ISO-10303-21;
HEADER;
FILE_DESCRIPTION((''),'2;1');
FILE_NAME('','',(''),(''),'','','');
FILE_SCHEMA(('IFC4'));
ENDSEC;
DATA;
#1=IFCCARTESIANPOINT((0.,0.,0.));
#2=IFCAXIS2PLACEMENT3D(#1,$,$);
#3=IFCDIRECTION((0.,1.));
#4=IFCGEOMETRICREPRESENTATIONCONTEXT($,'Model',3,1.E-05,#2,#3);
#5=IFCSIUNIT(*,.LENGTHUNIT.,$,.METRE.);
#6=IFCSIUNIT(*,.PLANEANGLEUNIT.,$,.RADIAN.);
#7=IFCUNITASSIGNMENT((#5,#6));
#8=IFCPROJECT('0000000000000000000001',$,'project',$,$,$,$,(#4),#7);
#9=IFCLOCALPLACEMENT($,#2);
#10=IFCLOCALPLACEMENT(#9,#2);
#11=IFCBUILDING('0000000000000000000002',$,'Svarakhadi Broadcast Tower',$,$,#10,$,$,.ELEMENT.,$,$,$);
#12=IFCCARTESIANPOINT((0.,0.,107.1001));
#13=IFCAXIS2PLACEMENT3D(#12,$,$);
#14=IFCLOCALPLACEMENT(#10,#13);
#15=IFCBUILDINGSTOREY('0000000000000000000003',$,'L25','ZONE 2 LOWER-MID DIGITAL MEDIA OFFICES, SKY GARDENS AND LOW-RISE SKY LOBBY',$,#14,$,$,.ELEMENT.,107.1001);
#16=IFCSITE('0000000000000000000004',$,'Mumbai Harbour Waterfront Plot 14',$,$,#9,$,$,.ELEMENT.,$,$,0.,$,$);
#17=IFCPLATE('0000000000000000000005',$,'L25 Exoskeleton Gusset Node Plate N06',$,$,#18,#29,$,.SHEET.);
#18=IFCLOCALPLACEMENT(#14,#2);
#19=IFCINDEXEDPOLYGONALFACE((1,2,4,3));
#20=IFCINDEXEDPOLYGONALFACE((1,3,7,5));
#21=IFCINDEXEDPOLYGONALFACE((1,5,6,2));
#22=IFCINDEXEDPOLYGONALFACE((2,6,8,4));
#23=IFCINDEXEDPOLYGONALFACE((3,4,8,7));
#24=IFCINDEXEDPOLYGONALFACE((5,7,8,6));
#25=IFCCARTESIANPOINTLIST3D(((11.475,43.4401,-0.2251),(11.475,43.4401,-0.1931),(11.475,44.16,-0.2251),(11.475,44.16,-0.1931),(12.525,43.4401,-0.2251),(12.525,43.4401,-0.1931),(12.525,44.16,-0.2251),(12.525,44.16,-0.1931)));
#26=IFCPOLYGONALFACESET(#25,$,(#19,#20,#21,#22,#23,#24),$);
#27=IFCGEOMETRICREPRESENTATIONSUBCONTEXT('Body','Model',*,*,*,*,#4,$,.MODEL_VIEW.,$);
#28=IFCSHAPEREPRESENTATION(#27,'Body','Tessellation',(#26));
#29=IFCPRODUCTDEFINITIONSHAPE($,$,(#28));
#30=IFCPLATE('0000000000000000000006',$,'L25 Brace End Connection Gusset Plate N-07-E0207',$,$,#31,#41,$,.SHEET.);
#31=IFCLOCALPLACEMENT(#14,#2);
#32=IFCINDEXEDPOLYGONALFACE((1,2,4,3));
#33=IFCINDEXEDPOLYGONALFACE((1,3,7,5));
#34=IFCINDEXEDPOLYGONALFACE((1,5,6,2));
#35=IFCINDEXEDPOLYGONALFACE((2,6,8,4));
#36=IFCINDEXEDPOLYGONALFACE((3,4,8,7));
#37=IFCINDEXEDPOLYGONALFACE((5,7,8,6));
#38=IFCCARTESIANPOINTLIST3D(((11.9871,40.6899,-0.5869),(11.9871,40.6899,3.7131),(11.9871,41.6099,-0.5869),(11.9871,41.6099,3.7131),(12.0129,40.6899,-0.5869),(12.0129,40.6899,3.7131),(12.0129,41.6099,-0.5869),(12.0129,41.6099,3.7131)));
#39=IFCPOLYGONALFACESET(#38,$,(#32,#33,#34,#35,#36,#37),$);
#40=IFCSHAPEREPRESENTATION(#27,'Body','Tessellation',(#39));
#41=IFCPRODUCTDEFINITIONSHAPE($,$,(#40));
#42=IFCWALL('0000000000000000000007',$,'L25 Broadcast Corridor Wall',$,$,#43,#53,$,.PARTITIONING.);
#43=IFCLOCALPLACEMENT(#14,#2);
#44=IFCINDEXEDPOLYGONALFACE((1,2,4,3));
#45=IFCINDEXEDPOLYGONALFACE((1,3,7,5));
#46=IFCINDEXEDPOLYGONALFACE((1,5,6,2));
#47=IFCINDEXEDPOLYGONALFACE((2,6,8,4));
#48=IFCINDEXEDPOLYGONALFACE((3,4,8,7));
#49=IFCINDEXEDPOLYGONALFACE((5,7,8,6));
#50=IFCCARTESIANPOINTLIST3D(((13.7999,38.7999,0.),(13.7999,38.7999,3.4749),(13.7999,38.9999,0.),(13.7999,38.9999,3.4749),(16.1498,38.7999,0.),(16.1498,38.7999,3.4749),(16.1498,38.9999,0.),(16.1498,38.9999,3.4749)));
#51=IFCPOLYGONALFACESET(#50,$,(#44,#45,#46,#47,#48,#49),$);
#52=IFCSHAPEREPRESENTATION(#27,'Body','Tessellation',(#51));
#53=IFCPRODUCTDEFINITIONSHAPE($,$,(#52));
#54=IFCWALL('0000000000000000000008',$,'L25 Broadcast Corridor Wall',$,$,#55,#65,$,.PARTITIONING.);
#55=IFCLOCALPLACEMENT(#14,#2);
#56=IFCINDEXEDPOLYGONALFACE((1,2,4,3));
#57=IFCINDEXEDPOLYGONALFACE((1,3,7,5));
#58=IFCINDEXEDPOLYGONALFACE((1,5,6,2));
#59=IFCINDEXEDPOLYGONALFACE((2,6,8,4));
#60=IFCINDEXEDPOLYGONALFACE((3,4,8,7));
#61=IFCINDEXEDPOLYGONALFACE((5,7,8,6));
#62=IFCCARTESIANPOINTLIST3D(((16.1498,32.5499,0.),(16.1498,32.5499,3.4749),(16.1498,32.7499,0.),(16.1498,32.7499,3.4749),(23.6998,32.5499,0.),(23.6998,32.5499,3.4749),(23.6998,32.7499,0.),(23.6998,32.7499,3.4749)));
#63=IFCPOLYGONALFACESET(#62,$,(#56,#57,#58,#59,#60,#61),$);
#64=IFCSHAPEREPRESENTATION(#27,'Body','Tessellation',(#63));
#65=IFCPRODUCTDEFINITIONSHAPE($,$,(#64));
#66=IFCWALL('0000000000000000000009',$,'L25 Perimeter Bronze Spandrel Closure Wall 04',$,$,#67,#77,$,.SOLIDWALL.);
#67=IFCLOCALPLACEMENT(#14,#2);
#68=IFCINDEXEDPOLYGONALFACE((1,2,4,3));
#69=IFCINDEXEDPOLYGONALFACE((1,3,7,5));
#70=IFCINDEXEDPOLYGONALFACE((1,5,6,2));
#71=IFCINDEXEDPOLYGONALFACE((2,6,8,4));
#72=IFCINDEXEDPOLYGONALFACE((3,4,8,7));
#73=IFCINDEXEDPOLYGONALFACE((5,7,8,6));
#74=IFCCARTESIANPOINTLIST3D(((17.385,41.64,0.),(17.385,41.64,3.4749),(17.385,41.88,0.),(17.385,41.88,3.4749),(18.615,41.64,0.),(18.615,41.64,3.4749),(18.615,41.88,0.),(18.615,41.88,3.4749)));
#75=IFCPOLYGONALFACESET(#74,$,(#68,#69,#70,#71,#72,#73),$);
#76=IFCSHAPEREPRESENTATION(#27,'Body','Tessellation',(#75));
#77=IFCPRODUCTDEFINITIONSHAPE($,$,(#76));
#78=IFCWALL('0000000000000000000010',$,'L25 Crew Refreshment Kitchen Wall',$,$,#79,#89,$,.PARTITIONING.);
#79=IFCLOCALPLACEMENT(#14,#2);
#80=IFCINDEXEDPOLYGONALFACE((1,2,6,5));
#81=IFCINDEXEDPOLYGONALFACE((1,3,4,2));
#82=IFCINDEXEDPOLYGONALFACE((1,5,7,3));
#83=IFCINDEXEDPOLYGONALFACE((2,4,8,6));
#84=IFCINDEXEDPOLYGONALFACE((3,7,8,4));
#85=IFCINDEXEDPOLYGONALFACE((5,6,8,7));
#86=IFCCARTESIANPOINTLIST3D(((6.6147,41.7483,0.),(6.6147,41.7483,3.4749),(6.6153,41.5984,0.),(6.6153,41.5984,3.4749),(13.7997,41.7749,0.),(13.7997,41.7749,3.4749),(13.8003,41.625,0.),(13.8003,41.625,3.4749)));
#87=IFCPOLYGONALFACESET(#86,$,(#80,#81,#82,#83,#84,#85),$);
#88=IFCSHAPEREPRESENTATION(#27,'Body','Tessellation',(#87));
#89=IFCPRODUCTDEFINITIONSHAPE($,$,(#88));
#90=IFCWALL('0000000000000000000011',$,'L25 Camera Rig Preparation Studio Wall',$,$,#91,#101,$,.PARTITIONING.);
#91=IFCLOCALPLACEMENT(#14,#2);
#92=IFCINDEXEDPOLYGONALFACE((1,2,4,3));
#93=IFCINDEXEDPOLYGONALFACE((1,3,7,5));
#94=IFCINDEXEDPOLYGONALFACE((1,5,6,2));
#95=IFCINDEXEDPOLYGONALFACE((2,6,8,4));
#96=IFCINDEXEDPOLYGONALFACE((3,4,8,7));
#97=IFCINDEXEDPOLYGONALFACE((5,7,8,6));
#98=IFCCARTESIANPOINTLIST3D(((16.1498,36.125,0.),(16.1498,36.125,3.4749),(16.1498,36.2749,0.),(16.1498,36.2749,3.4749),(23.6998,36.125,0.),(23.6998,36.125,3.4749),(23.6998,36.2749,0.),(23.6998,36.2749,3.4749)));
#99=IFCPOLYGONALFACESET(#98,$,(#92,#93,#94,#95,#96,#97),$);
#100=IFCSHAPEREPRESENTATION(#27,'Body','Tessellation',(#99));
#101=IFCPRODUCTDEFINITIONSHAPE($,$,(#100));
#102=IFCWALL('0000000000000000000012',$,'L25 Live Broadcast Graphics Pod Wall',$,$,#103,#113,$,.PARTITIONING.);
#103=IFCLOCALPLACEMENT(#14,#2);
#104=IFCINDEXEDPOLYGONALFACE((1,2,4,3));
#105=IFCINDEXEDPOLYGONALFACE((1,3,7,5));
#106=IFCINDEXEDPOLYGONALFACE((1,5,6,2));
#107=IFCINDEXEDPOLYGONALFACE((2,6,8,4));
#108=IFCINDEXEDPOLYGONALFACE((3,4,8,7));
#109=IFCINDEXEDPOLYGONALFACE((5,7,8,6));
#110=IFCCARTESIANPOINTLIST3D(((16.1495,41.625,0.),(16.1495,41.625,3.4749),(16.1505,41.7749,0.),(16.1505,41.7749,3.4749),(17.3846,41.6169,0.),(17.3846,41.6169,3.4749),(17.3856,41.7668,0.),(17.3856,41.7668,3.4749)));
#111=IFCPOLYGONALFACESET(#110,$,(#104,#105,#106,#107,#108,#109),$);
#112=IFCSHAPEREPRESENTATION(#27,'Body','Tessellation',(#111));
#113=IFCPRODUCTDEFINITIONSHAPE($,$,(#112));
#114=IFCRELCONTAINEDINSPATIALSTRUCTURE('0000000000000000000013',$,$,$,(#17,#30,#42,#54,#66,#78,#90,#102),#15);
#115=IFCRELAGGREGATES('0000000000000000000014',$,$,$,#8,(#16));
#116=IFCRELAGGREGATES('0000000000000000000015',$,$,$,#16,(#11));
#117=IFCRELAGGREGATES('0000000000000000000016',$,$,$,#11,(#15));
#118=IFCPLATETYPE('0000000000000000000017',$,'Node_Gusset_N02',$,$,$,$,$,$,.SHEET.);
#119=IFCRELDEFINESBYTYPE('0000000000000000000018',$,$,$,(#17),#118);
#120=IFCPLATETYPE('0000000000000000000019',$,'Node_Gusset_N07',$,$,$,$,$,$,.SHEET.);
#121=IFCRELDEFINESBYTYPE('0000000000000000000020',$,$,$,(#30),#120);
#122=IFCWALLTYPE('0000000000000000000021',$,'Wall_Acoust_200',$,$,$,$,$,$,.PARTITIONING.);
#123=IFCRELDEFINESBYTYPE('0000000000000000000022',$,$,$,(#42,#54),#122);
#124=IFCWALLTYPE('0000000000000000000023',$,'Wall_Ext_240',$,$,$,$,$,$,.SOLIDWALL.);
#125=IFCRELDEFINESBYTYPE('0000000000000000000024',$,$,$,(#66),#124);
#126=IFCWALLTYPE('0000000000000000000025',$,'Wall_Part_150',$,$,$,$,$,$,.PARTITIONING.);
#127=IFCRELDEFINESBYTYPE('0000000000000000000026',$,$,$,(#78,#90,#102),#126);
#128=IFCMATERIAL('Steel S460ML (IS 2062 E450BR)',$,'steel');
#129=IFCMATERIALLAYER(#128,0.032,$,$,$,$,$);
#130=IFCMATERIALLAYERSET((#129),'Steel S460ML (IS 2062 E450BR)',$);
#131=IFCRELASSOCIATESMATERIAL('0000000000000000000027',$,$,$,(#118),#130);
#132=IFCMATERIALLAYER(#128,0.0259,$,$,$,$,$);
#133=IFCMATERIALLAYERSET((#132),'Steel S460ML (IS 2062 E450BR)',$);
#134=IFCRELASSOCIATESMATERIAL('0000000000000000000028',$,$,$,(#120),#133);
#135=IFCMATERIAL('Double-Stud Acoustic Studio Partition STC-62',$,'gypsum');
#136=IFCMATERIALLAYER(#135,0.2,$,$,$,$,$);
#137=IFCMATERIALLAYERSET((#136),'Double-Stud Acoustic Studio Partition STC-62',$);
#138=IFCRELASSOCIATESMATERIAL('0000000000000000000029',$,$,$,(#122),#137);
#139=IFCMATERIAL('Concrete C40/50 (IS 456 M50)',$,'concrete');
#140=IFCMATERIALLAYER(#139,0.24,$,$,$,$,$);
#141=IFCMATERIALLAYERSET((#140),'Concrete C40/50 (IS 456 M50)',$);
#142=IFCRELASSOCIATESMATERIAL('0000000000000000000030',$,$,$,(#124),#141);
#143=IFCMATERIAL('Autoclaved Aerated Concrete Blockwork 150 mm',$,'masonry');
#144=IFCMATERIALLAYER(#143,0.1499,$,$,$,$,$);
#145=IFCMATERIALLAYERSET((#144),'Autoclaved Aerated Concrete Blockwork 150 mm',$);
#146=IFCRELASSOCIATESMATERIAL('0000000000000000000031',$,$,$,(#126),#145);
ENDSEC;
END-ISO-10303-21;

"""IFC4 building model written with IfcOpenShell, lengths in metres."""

from ifc_helpers import new_model, si_unit, direction, frame, frame_2d, origin, origin_2d, place, context, subcontext, project, spatial, rectangle, extrude, material, layer, layer_set, type_object, element, save


model = new_model("IFC4")

# Units and contexts
model_context = context("Model", 3, precision=1e-05, world=origin(), true_north=direction((0.0, 1.0)))
body_context = subcontext(model_context, "Body", "Model", "MODEL_VIEW")
ifc_project = project(units=[si_unit("LENGTHUNIT", "METRE"), si_unit("PLANEANGLEUNIT", "RADIAN")], contexts=[model_context])

# Site, building, storey
site_placement = place(None, origin())
site = spatial("IfcSite", under=ifc_project, at=site_placement, Name="Mumbai Harbour Waterfront Plot 14", CompositionType="ELEMENT", RefElevation=0.0)
building_placement = place(site_placement, origin())
building = spatial("IfcBuilding", under=site, at=building_placement, Name="Svarakhadi Broadcast Tower", CompositionType="ELEMENT")
storey_placement = place(building_placement, frame((0.0, 0.0, 107.1001)))
storey = spatial("IfcBuildingStorey", under=building, at=storey_placement, Name="L25", Description="ZONE 2 LOWER-MID DIGITAL MEDIA OFFICES, SKY GARDENS AND LOW-RISE SKY LOBBY", CompositionType="ELEMENT", Elevation=107.1001)

# Shared definitions
ifc_material_1 = material(Name="Steel S460ML (IS 2062 E450BR)", Category="steel")

# Plates
ifc_layer_1 = layer(ifc_material_1, 0.032)
ifc_layer_set_1 = layer_set([ifc_layer_1], Name="Steel S460ML (IS 2062 E450BR)")
plate_type_1 = type_object("IfcPlateType", Name="Node_Gusset_N02", PredefinedType="SHEET", material=ifc_layer_set_1)
plate_1_placement = place(storey_placement, frame((12.0, 43.8, -0.2251), z_axis=(0.0, 0.0, 1.0), x_axis=(1.0, 0.0, 0.0)))
element("IfcPlate", 1, at=plate_1_placement, inside=storey, type_object=plate_type_1, Name="L25 Exoskeleton Gusset Node Plate N06", PredefinedType="SHEET", context=body_context, shape_type="SweptSolid", body=[
    extrude(rectangle(XDim=1.05, YDim=0.72, at=origin_2d()), origin(), (0.0, 0.0, 1.0), 0.032),
])
ifc_layer_2 = layer(ifc_material_1, 0.0259)
ifc_layer_set_2 = layer_set([ifc_layer_2], Name="Steel S460ML (IS 2062 E450BR)")
plate_type_2 = type_object("IfcPlateType", Name="Node_Gusset_N07", PredefinedType="SHEET", material=ifc_layer_set_2)
plate_2_placement = place(storey_placement, frame((12.0, 41.1499, -0.5869), z_axis=(0.0, 0.0, 1.0), x_axis=(0.0, 1.0, 0.0)))
element("IfcPlate", 2, at=plate_2_placement, inside=storey, type_object=plate_type_2, Name="L25 Brace End Connection Gusset Plate N-07-E0207", PredefinedType="SHEET", context=body_context, shape_type="SweptSolid", body=[
    extrude(rectangle(XDim=0.9199, YDim=0.0259, at=origin_2d()), origin(), (0.0, 0.0, 1.0), 4.3),
])

# Shared definitions
ifc_material_2 = material(Name="Double-Stud Acoustic Studio Partition STC-62", Category="gypsum")
ifc_layer_3 = layer(ifc_material_2, 0.2)
ifc_layer_set_3 = layer_set([ifc_layer_3], Name="Double-Stud Acoustic Studio Partition STC-62")
wall_type_1 = type_object("IfcWallType", Name="Wall_Acoust_200", PredefinedType="PARTITIONING", material=ifc_layer_set_3)

# Wall
wall_1_placement = place(storey_placement, frame((13.8, 38.8999, 0.0), z_axis=(0.0, 0.0, 1.0), x_axis=(1.0, 0.0, 0.0)))
element("IfcWall", 3, at=wall_1_placement, inside=storey, type_object=wall_type_1, Name="L25 Broadcast Corridor Wall", PredefinedType="PARTITIONING", context=body_context, shape_type="SweptSolid", body=[
    extrude(rectangle(XDim=2.3499, YDim=0.2, at=frame_2d((1.1748, 0.0))), origin(), (0.0, 0.0, 1.0), 3.4749),
])

# Walls
wall_2_placement = place(storey_placement, frame((16.1499, 32.6499, 0.0), z_axis=(0.0, 0.0, 1.0), x_axis=(1.0, 0.0, 0.0)))
element("IfcWall", 4, at=wall_2_placement, inside=storey, type_object=wall_type_1, Name="L25 Broadcast Corridor Wall", PredefinedType="PARTITIONING", context=body_context, shape_type="SweptSolid", body=[
    extrude(rectangle(XDim=7.55, YDim=0.2, at=frame_2d((3.7749, 0.0))), origin(), (0.0, 0.0, 1.0), 3.4749),
])
ifc_material_3 = material(Name="Concrete C40/50 (IS 456 M50)", Category="concrete")
ifc_layer_4 = layer(ifc_material_3, 0.24)
ifc_layer_set_4 = layer_set([ifc_layer_4], Name="Concrete C40/50 (IS 456 M50)")
wall_type_2 = type_object("IfcWallType", Name="Wall_Ext_240", PredefinedType="SOLIDWALL", material=ifc_layer_set_4)
wall_3_placement = place(storey_placement, frame((17.385, 41.76, 0.0), z_axis=(0.0, 0.0, 1.0), x_axis=(1.0, 0.0, 0.0)))
element("IfcWall", 5, at=wall_3_placement, inside=storey, type_object=wall_type_2, Name="L25 Perimeter Bronze Spandrel Closure Wall 04", PredefinedType="SOLIDWALL", context=body_context, shape_type="SweptSolid", body=[
    extrude(rectangle(XDim=1.23, YDim=0.24, at=frame_2d((0.615, 0.0))), origin(), (0.0, 0.0, 1.0), 3.4749),
])
ifc_material_4 = material(Name="Autoclaved Aerated Concrete Blockwork 150 mm", Category="masonry")
ifc_layer_5 = layer(ifc_material_4, 0.1499)
ifc_layer_set_5 = layer_set([ifc_layer_5], Name="Autoclaved Aerated Concrete Blockwork 150 mm")
wall_type_3 = type_object("IfcWallType", Name="Wall_Part_150", PredefinedType="PARTITIONING", material=ifc_layer_set_5)
wall_4_placement = place(storey_placement, frame((6.615, 41.6733, 0.0), z_axis=(0.0, 0.0, 1.0), x_axis=(0.999993, 0.003704, 0.0)))
element("IfcWall", 6, at=wall_4_placement, inside=storey, type_object=wall_type_3, Name="L25 Crew Refreshment Kitchen Wall", PredefinedType="PARTITIONING", context=body_context, shape_type="SweptSolid", body=[
    extrude(rectangle(XDim=7.1851, YDim=0.1499, at=frame_2d((3.5925, 0.0))), origin(), (0.0, 0.0, 1.0), 3.4749),
])
wall_5_placement = place(storey_placement, frame((16.1499, 36.2, 0.0), z_axis=(0.0, 0.0, 1.0), x_axis=(1.0, 0.0, 0.0)))
element("IfcWall", 7, at=wall_5_placement, inside=storey, type_object=wall_type_3, Name="L25 Camera Rig Preparation Studio Wall", PredefinedType="PARTITIONING", context=body_context, shape_type="SweptSolid", body=[
    extrude(rectangle(XDim=7.55, YDim=0.1499, at=frame_2d((3.7749, 0.0))), origin(), (0.0, 0.0, 1.0), 3.4749),
])
wall_6_placement = place(storey_placement, frame((16.1499, 41.7, 0.0), z_axis=(0.0, 0.0, 1.0), x_axis=(0.999979, -0.006523, 0.0)))
element("IfcWall", 8, at=wall_6_placement, inside=storey, type_object=wall_type_3, Name="L25 Live Broadcast Graphics Pod Wall", PredefinedType="PARTITIONING", context=body_context, shape_type="SweptSolid", body=[
    extrude(rectangle(XDim=1.2351, YDim=0.1499, at=frame_2d((0.6177, 0.0))), origin(), (0.0, 0.0, 1.0), 3.4749),
])

save(model, "model.ifc")
